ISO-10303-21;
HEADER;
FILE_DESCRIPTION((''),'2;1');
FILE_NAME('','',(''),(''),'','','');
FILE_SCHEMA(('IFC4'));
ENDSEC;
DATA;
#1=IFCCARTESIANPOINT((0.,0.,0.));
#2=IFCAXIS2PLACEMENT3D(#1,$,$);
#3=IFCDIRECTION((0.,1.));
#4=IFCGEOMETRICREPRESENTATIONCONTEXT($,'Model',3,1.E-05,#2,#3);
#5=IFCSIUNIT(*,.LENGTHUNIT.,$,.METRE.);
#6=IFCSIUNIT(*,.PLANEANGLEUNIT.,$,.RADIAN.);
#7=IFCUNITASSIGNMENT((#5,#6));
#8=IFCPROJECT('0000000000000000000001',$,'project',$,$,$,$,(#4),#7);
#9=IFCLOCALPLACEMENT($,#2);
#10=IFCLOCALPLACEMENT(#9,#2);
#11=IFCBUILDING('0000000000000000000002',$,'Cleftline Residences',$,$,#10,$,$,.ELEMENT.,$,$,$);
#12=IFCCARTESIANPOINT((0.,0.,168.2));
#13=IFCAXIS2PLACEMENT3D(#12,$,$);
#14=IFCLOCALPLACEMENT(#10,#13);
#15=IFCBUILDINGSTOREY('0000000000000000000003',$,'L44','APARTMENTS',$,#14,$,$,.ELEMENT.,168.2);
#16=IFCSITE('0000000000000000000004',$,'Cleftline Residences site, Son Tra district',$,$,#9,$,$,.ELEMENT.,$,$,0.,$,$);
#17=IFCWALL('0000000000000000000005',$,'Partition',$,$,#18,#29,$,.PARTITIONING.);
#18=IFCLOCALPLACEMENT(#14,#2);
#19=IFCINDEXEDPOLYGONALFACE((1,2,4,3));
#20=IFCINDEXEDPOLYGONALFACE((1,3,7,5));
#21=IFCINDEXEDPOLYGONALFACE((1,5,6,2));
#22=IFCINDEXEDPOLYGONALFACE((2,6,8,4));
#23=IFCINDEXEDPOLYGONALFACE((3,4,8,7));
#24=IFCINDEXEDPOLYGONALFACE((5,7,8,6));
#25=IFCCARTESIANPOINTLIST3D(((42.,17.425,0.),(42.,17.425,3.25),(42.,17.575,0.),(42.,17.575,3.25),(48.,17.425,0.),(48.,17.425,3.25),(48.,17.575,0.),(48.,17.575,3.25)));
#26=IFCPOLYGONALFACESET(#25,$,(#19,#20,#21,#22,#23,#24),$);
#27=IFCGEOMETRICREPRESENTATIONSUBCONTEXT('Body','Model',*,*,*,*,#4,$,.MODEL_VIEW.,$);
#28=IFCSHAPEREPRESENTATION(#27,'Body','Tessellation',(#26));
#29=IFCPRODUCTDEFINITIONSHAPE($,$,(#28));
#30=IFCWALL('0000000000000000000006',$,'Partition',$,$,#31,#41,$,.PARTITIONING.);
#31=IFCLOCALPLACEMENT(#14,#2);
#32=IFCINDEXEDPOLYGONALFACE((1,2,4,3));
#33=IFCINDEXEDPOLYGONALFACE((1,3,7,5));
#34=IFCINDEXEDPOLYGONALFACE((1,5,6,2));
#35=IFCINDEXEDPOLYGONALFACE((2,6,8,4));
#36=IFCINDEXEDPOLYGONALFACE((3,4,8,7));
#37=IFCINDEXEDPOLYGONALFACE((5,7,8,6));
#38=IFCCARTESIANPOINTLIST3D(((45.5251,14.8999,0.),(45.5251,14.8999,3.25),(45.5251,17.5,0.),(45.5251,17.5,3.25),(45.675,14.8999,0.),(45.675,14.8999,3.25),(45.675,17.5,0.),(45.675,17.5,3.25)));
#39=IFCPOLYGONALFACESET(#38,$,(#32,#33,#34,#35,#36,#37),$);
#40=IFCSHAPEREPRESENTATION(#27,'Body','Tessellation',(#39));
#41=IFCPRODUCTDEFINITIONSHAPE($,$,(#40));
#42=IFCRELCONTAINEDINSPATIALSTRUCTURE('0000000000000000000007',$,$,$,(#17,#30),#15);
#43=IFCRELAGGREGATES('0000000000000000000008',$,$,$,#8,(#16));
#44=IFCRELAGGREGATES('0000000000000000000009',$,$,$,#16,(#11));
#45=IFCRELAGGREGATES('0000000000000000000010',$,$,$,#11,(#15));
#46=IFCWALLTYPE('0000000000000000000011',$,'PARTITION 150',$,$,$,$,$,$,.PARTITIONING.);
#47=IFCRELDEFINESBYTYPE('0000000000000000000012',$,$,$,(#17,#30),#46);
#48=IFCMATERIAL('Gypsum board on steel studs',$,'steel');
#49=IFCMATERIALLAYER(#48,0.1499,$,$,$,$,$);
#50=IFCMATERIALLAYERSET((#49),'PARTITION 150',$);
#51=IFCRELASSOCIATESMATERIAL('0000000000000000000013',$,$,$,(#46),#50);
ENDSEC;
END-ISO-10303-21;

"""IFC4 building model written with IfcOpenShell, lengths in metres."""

from ifc_helpers import new_model, si_unit, direction, frame, frame_2d, origin, place, context, subcontext, project, spatial, rectangle, extrude, material, layer, layer_set, type_object, element, save


model = new_model("IFC4")

# Units and contexts
model_context = context("Model", 3, precision=1e-05, world=origin(), true_north=direction((0.0, 1.0)))
body_context = subcontext(model_context, "Body", "Model", "MODEL_VIEW")
ifc_project = project(units=[si_unit("LENGTHUNIT", "METRE"), si_unit("PLANEANGLEUNIT", "RADIAN")], contexts=[model_context])

# Site, building, storey
site_placement = place(None, origin())
site = spatial("IfcSite", under=ifc_project, at=site_placement, Name="Cleftline Residences site, Son Tra district", CompositionType="ELEMENT", RefElevation=0.0)
building_placement = place(site_placement, origin())
building = spatial("IfcBuilding", under=site, at=building_placement, Name="Cleftline Residences", CompositionType="ELEMENT")
storey_placement = place(building_placement, frame((0.0, 0.0, 168.2)))
storey = spatial("IfcBuildingStorey", under=building, at=storey_placement, Name="L44", Description="APARTMENTS", CompositionType="ELEMENT", Elevation=168.2)

# Shared definitions
ifc_material_1 = material(Name="Gypsum board on steel studs", Category="steel")
ifc_layer_1 = layer(ifc_material_1, 0.1499)
ifc_layer_set_1 = layer_set([ifc_layer_1], Name="PARTITION 150")
wall_type_1 = type_object("IfcWallType", Name="PARTITION 150", PredefinedType="PARTITIONING", material=ifc_layer_set_1)

# Walls
wall_1_placement = place(storey_placement, frame((42.0, 17.5, 0.0), z_axis=(0.0, 0.0, 1.0), x_axis=(1.0, 0.0, 0.0)))
element("IfcWall", 1, at=wall_1_placement, inside=storey, type_object=wall_type_1, Name="Partition", PredefinedType="PARTITIONING", context=body_context, shape_type="SweptSolid", body=[
    extrude(rectangle(XDim=6.0, YDim=0.1499, at=frame_2d((3.0, 0.0))), origin(), (0.0, 0.0, 1.0), 3.25),
])
wall_2_placement = place(storey_placement, frame((45.6001, 14.8999, 0.0), z_axis=(0.0, 0.0, 1.0), x_axis=(0.0, 1.0, 0.0)))
element("IfcWall", 2, at=wall_2_placement, inside=storey, type_object=wall_type_1, Name="Partition", PredefinedType="PARTITIONING", context=body_context, shape_type="SweptSolid", body=[
    extrude(rectangle(XDim=2.6001, YDim=0.1499, at=frame_2d((1.3, 0.0))), origin(), (0.0, 0.0, 1.0), 3.25),
])

save(model, "model.ifc")
